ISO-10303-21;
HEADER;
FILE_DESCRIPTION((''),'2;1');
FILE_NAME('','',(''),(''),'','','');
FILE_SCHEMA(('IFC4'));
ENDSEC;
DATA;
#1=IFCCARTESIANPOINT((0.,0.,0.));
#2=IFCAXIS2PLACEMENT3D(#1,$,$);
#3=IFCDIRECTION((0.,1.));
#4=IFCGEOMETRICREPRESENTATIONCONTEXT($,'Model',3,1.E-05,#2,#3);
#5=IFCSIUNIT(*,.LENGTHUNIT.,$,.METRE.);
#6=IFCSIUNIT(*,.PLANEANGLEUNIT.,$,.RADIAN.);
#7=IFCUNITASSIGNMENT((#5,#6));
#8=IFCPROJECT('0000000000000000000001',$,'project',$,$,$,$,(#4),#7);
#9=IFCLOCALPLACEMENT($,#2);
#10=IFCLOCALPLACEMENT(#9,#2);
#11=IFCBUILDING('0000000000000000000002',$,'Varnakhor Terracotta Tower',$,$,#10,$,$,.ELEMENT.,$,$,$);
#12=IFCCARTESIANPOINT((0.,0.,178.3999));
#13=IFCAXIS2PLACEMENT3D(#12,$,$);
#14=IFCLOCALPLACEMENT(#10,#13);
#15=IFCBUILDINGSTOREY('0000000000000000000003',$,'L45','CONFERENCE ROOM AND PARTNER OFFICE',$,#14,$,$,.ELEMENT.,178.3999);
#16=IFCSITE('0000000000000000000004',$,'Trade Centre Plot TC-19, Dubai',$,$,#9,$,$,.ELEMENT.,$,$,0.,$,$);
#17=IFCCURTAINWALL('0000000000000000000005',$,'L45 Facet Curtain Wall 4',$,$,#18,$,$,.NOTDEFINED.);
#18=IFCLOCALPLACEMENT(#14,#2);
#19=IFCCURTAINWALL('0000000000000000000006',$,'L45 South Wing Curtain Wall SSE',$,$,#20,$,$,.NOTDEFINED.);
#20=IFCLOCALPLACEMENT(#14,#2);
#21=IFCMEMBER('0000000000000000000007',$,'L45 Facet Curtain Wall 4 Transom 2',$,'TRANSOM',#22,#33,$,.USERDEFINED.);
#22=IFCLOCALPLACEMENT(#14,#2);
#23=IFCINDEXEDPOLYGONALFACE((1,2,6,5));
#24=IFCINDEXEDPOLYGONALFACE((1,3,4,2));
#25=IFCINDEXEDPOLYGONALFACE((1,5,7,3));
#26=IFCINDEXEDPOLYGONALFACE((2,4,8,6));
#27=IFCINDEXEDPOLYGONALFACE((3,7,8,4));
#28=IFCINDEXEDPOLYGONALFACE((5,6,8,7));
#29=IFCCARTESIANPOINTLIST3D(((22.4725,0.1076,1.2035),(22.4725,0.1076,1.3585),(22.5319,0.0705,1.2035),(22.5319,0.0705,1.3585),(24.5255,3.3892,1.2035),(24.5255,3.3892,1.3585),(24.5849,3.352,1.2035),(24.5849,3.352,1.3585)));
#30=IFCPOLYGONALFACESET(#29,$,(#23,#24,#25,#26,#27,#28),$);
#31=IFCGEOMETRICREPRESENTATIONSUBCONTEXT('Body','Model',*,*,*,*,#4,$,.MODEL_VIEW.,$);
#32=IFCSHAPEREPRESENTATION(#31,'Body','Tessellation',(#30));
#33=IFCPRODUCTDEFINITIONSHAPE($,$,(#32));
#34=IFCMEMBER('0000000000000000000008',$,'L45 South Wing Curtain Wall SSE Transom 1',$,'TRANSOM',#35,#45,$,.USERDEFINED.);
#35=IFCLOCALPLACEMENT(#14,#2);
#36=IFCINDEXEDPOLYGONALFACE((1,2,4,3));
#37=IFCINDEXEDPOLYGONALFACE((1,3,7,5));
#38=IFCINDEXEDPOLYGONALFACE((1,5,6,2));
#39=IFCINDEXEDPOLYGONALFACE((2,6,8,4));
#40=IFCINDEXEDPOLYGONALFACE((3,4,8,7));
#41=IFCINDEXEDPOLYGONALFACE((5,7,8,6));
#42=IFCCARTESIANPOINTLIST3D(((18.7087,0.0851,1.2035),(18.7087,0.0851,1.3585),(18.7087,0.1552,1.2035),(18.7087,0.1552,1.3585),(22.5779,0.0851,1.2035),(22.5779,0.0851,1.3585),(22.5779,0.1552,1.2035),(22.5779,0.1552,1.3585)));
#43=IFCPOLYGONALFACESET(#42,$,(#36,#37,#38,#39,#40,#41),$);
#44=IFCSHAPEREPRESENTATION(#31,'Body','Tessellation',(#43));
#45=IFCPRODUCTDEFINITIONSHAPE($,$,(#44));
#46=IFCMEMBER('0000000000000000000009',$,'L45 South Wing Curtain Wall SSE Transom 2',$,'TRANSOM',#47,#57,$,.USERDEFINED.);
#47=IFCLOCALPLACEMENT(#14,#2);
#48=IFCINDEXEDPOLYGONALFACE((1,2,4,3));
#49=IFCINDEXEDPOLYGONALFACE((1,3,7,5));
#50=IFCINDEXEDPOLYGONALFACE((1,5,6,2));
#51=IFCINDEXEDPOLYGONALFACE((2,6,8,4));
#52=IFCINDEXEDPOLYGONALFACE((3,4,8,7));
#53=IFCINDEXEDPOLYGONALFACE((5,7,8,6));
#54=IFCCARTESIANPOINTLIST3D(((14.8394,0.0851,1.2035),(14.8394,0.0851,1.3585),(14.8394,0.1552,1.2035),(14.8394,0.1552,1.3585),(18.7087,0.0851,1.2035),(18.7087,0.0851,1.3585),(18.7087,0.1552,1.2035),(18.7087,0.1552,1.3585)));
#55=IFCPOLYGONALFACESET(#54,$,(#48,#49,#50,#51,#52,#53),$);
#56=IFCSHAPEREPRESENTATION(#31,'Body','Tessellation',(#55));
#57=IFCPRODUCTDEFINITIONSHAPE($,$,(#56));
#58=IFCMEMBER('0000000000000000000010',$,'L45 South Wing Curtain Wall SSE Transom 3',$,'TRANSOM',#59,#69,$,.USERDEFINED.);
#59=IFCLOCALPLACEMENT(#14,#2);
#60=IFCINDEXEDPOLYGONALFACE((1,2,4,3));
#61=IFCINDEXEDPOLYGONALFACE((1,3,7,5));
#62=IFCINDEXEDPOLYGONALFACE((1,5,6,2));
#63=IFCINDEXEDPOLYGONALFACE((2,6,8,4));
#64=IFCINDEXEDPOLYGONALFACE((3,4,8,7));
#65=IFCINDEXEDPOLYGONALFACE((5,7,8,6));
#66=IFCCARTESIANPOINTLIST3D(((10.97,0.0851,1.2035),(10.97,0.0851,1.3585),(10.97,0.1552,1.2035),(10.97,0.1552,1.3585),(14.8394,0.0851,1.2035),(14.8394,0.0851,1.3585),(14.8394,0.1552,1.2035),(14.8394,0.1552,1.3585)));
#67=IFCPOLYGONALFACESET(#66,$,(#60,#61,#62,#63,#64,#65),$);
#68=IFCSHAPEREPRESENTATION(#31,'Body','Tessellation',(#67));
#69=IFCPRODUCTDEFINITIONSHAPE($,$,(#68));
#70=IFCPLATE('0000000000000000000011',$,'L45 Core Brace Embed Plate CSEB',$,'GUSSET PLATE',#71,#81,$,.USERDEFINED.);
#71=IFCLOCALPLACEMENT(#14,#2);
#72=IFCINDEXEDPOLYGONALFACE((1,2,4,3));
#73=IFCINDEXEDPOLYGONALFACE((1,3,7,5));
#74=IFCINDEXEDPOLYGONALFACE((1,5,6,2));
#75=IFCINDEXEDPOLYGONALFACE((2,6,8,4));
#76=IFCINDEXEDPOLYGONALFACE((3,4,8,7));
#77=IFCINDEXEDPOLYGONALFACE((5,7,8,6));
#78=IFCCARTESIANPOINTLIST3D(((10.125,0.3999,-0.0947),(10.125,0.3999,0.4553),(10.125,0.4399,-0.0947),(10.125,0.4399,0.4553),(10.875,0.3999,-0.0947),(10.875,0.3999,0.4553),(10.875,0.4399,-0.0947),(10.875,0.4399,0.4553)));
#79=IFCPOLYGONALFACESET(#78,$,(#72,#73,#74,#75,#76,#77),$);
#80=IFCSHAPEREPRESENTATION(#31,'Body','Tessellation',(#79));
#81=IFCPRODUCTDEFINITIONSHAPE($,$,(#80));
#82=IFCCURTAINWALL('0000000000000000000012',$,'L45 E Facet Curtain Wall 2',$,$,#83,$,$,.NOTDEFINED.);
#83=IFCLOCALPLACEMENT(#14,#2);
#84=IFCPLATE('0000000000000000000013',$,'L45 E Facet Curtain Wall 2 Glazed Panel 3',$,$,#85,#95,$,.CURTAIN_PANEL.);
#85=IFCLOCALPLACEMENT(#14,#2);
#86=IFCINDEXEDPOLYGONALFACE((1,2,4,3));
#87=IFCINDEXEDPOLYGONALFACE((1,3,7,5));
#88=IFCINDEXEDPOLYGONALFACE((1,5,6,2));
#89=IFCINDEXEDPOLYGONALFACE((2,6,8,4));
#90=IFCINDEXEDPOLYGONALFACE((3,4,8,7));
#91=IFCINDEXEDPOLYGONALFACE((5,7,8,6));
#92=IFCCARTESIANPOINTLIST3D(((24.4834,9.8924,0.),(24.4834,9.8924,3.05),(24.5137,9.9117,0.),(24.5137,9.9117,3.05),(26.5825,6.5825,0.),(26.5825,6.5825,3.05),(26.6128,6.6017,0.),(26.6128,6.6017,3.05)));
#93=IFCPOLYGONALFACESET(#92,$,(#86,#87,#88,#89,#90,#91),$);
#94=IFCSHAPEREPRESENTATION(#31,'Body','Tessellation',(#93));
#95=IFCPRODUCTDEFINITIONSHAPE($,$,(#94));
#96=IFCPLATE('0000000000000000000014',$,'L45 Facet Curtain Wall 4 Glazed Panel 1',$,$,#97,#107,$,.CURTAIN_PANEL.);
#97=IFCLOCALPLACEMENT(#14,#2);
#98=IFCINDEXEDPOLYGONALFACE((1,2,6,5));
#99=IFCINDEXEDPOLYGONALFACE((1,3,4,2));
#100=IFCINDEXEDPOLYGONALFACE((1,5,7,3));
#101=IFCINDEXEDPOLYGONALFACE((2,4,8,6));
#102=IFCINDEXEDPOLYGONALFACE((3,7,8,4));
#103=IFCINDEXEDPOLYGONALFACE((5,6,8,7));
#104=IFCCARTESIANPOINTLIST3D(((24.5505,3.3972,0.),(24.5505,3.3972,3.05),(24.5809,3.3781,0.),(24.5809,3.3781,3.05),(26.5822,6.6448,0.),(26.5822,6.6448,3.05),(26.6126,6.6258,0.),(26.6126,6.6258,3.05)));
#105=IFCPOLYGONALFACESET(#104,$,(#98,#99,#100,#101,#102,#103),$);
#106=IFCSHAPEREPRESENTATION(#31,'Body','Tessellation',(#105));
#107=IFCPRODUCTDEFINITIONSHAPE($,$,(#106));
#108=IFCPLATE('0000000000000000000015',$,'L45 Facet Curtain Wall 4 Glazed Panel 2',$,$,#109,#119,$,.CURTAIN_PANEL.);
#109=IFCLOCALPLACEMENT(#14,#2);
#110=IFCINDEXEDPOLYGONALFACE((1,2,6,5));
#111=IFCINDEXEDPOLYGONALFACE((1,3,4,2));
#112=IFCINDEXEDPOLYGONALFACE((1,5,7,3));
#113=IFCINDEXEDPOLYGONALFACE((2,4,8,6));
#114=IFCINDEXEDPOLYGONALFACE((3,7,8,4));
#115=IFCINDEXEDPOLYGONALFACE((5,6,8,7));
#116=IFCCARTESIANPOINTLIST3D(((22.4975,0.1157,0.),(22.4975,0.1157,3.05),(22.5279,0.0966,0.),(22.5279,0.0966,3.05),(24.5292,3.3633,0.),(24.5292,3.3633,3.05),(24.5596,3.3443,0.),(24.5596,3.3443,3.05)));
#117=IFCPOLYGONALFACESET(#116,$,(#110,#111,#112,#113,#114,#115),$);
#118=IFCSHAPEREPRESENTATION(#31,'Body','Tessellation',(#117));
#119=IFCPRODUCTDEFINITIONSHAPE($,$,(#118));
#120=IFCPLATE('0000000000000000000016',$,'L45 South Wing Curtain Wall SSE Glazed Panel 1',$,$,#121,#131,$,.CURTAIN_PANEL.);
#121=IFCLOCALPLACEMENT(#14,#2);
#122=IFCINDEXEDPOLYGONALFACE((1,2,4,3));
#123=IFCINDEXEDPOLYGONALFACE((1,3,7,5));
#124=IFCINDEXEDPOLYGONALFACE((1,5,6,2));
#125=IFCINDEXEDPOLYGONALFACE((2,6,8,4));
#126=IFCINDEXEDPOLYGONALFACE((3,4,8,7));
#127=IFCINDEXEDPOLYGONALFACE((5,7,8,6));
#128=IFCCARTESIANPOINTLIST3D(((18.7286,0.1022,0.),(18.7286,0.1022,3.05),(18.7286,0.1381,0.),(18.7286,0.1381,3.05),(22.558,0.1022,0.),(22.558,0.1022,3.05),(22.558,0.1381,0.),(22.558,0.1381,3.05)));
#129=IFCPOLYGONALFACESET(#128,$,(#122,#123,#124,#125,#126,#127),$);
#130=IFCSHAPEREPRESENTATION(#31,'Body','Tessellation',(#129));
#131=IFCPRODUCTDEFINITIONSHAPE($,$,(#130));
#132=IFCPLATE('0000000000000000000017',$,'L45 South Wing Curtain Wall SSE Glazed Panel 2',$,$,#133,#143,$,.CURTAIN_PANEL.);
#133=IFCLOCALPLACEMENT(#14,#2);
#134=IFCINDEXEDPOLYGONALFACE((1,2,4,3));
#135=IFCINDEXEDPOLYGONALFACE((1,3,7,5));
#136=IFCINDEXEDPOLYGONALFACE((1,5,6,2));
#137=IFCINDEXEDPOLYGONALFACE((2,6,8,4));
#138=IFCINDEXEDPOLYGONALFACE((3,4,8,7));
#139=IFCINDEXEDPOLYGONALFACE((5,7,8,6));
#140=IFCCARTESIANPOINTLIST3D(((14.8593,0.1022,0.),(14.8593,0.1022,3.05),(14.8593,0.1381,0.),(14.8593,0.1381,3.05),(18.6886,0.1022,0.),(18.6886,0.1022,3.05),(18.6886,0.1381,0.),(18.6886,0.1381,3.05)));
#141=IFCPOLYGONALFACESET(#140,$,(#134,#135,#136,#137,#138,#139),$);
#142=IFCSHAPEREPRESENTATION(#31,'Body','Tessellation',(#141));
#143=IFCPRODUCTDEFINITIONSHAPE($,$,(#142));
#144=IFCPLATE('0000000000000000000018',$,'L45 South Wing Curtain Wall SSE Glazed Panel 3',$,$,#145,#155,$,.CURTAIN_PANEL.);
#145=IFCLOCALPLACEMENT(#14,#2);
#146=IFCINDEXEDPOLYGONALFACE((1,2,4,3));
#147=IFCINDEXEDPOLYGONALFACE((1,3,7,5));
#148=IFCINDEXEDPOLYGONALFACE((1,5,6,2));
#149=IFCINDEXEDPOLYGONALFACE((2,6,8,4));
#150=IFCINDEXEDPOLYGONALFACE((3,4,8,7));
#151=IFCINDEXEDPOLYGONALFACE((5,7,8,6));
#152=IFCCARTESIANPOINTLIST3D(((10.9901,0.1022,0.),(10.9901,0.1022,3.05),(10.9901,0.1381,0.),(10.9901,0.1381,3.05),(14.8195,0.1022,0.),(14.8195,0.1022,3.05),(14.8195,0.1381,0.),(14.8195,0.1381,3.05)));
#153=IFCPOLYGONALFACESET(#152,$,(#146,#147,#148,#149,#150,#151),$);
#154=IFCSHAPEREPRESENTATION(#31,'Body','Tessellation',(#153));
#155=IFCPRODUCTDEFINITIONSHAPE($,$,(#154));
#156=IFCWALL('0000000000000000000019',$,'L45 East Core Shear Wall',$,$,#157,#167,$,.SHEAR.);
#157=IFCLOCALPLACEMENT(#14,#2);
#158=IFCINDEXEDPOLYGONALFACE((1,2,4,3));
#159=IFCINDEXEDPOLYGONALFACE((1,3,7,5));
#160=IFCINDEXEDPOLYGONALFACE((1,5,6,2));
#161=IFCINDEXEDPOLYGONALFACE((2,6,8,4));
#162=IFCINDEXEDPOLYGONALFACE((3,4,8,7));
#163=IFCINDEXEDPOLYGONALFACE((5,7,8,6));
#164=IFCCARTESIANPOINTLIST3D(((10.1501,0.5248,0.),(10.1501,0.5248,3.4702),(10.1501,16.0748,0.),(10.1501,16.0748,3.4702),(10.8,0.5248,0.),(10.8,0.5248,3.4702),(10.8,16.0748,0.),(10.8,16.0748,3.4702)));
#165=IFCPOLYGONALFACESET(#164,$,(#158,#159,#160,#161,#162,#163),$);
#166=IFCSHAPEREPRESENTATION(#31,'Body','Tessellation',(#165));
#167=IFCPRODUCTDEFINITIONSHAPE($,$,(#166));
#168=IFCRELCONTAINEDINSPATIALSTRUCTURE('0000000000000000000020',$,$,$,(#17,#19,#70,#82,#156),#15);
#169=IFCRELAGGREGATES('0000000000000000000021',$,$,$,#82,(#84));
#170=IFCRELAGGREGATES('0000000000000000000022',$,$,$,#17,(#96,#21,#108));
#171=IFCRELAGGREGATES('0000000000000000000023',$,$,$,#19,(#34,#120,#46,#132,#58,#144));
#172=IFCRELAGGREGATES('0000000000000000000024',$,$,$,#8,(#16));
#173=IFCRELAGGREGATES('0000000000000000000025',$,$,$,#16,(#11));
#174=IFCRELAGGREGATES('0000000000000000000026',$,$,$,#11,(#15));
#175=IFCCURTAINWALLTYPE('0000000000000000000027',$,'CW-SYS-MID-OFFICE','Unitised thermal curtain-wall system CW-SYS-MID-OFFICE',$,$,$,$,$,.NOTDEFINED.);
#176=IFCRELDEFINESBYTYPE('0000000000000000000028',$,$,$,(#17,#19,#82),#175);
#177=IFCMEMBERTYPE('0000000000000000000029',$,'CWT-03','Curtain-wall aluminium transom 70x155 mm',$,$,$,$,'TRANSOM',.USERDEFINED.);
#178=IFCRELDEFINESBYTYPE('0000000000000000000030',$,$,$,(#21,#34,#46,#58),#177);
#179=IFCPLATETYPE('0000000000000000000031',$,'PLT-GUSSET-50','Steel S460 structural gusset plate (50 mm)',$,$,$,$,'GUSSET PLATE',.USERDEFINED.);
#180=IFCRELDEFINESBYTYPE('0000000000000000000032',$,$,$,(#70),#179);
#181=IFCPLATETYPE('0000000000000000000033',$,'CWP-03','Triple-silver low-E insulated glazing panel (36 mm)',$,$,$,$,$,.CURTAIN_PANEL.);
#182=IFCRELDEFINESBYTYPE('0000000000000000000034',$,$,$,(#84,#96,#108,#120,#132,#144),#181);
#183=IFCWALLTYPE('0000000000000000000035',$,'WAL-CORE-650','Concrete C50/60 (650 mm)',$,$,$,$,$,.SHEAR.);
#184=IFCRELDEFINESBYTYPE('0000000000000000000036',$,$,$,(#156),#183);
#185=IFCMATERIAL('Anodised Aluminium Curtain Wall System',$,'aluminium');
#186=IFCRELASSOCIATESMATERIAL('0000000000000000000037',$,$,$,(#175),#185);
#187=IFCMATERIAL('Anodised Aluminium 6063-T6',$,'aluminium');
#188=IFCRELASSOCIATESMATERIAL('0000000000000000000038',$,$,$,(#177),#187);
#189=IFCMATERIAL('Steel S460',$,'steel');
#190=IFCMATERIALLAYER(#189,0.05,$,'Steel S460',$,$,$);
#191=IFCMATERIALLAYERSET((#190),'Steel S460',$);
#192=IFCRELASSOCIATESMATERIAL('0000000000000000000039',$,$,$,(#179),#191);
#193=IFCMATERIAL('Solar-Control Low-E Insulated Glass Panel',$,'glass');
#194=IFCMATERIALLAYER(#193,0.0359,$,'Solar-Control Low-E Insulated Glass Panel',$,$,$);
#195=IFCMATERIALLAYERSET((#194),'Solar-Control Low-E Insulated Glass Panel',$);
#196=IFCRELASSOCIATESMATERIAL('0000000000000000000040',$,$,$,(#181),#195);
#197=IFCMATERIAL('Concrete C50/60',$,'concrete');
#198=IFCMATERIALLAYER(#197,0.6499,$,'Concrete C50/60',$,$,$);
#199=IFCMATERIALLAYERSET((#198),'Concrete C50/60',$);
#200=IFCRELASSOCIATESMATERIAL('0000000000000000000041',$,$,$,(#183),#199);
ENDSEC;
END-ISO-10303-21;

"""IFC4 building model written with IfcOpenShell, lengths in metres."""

from ifc_helpers import new_model, si_unit, direction, frame, frame_2d, origin, origin_2d, place, context, subcontext, project, spatial, rectangle, extrude, source, transform, mapped, material, layer, layer_set, material_profile, profile_set, type_object, type_shapes, element, aggregate, save


model = new_model("IFC4")

# Units and contexts
model_context = context("Model", 3, precision=1e-05, world=origin(), true_north=direction((0.0, 1.0)))
body_context = subcontext(model_context, "Body", "Model", "MODEL_VIEW")
ifc_project = project(units=[si_unit("LENGTHUNIT", "METRE"), si_unit("PLANEANGLEUNIT", "RADIAN")], contexts=[model_context])

# Site, building, storey
site_placement = place(None, origin())
site = spatial("IfcSite", under=ifc_project, at=site_placement, Name="Trade Centre Plot TC-19, Dubai", CompositionType="ELEMENT", RefElevation=0.0)
building_placement = place(site_placement, origin())
building = spatial("IfcBuilding", under=site, at=building_placement, Name="Varnakhor Terracotta Tower", CompositionType="ELEMENT")
storey_placement = place(building_placement, frame((0.0, 0.0, 178.3999)))
storey = spatial("IfcBuildingStorey", under=building, at=storey_placement, Name="L45", Description="CONFERENCE ROOM AND PARTNER OFFICE", CompositionType="ELEMENT", Elevation=178.3999)

# Shared definitions
ifc_material_1 = material(Name="Concrete C50/60", Category="concrete")
ifc_material_2 = material(Name="Steel S460", Category="steel")

# Curtain walls
ifc_material_3 = material(Name="Anodised Aluminium Curtain Wall System", Category="aluminium")
curtain_wall_type = type_object("IfcCurtainWallType", Name="CW-SYS-MID-OFFICE", Description="Unitised thermal curtain-wall system CW-SYS-MID-OFFICE", PredefinedType="NOTDEFINED", material=ifc_material_3)
curtain_wall_1_placement = place(storey_placement, origin())
curtain_wall_1 = element("IfcCurtainWall", 1, at=curtain_wall_1_placement, inside=storey, type_object=curtain_wall_type, Name="L45 Facet Curtain Wall 4", PredefinedType="NOTDEFINED")
ifc_material_4 = material(Name="Anodised Aluminium 6063-T6", Category="aluminium")
curtain_wall_2_placement = place(storey_placement, origin())
curtain_wall_2 = element("IfcCurtainWall", 2, at=curtain_wall_2_placement, inside=storey, type_object=curtain_wall_type, Name="L45 South Wing Curtain Wall SSE", PredefinedType="NOTDEFINED")

# Members
ifc_material_profile_1 = material_profile(ifc_material_4, rectangle(XDim=0.0701, YDim=0.155, at=origin_2d()), Name="ALU TRANSOM 70x155")
ifc_profile_set_1 = profile_set([ifc_material_profile_1], Name="Anodised Aluminium 6063-T6")
member_type_1 = type_object("IfcMemberType", Name="CWT-03", Description="Curtain-wall aluminium transom 70x155 mm", ElementType="TRANSOM", PredefinedType="USERDEFINED", material=ifc_profile_set_1)
shared_shape_1 = source(origin(), body_context, "Body", "SweptSolid", [
    extrude(rectangle(XDim=0.0701, YDim=0.155, at=origin_2d()), origin(), (0.0, 0.0, 1.0), 3.8708),
])
member_1_placement = place(storey_placement, frame((24.5552, 3.3706, 1.281), z_axis=(-0.530379, -0.847761, 0.0), x_axis=(0.847761, -0.530379, 0.0)))
member_1 = element("IfcMember", 3, at=member_1_placement, type_object=member_type_1, Name="L45 Facet Curtain Wall 4 Transom 2", ObjectType="TRANSOM", PredefinedType="USERDEFINED", context=body_context, shape_type="MappedRepresentation", body=[
    mapped(shared_shape_1, transform((0.0, 0.0, 0.0), scale=1.0)),
])
shared_shape_2 = source(origin(), body_context, "Body", "SweptSolid", [
    extrude(rectangle(XDim=0.0701, YDim=0.155, at=origin_2d()), origin(), (0.0, 0.0, 1.0), 3.8691),
])
member_2_placement = place(storey_placement, frame((22.5779, 0.1201, 1.281), z_axis=(-1.0, 0.0, 0.0), x_axis=(0.0, -1.0, 0.0)))
member_2 = element("IfcMember", 4, at=member_2_placement, type_object=member_type_1, Name="L45 South Wing Curtain Wall SSE Transom 1", ObjectType="TRANSOM", PredefinedType="USERDEFINED", context=body_context, shape_type="MappedRepresentation", body=[
    mapped(shared_shape_2, transform((0.0, 0.0, 0.0), scale=1.0)),
])
shared_shape_3 = source(origin(), body_context, "Body", "SweptSolid", [
    extrude(rectangle(XDim=0.0701, YDim=0.155, at=origin_2d()), origin(), (0.0, 0.0, 1.0), 3.8694),
])
member_3_placement = place(storey_placement, frame((18.7087, 0.1201, 1.281), z_axis=(-1.0, 0.0, 0.0), x_axis=(0.0, -1.0, 0.0)))
member_3 = element("IfcMember", 5, at=member_3_placement, type_object=member_type_1, Name="L45 South Wing Curtain Wall SSE Transom 2", ObjectType="TRANSOM", PredefinedType="USERDEFINED", context=body_context, shape_type="MappedRepresentation", body=[
    mapped(shared_shape_3, transform((0.0, 0.0, 0.0), scale=1.0)),
])
member_4_placement = place(storey_placement, frame((14.8394, 0.1201, 1.281), z_axis=(-1.0, 0.0, 0.0), x_axis=(0.0, -1.0, 0.0)))
member_4 = element("IfcMember", 6, at=member_4_placement, type_object=member_type_1, Name="L45 South Wing Curtain Wall SSE Transom 3", ObjectType="TRANSOM", PredefinedType="USERDEFINED", context=body_context, shape_type="MappedRepresentation", body=[
    mapped(shared_shape_3, transform((0.0, 0.0, 0.0), scale=1.0)),
])

# Plate
ifc_layer_1 = layer(ifc_material_2, 0.05, Name="Steel S460")
ifc_layer_set_1 = layer_set([ifc_layer_1], Name="Steel S460")
plate_type_1 = type_object("IfcPlateType", Name="PLT-GUSSET-50", Description="Steel S460 structural gusset plate (50 mm)", ElementType="GUSSET PLATE", PredefinedType="USERDEFINED", material=ifc_layer_set_1)
shared_shape_4 = source(origin(), body_context, "Body", "SweptSolid", [
    extrude(rectangle(XDim=0.75, YDim=0.04, at=origin_2d()), origin(), (0.0, 0.0, 1.0), 0.55),
])
type_shapes(plate_type_1, [shared_shape_4])
plate_1_placement = place(storey_placement, frame((10.5, 0.4199, -0.0947), z_axis=(0.0, 0.0, 1.0), x_axis=(1.0, 0.0, 0.0)))
element("IfcPlate", 7, at=plate_1_placement, inside=storey, type_object=plate_type_1, Name="L45 Core Brace Embed Plate CSEB", ObjectType="GUSSET PLATE", PredefinedType="USERDEFINED", context=body_context, shape_type="MappedRepresentation", body=[
    mapped(shared_shape_4, transform((0.0, 0.0, 0.0), scale=1.0)),
])

# Curtain wall, plate
curtain_wall_3_placement = place(storey_placement, origin())
curtain_wall_3 = element("IfcCurtainWall", 8, at=curtain_wall_3_placement, inside=storey, type_object=curtain_wall_type, Name="L45 E Facet Curtain Wall 2", PredefinedType="NOTDEFINED")
ifc_material_5 = material(Name="Solar-Control Low-E Insulated Glass Panel", Category="glass")
ifc_layer_2 = layer(ifc_material_5, 0.0359, Name="Solar-Control Low-E Insulated Glass Panel")
ifc_layer_set_2 = layer_set([ifc_layer_2], Name="Solar-Control Low-E Insulated Glass Panel")
plate_type_2 = type_object("IfcPlateType", Name="CWP-03", Description="Triple-silver low-E insulated glazing panel (36 mm)", PredefinedType="CURTAIN_PANEL", material=ifc_layer_set_2)
shared_shape_5 = source(origin(), body_context, "Body", "SweptSolid", [
    extrude(rectangle(XDim=3.9194, YDim=0.0359, at=origin_2d()), origin(), (0.0, 0.0, 1.0), 3.05),
])
plate_2_placement = place(storey_placement, frame((25.5481, 8.2471, 0.0), z_axis=(0.0, 0.0, 1.0), x_axis=(0.535562, -0.844496, 0.0)))
plate_2 = element("IfcPlate", 9, at=plate_2_placement, type_object=plate_type_2, Name="L45 E Facet Curtain Wall 2 Glazed Panel 3", PredefinedType="CURTAIN_PANEL", context=body_context, shape_type="MappedRepresentation", body=[
    mapped(shared_shape_5, transform((0.0, 0.0, 0.0), scale=1.0)),
])
aggregate(curtain_wall_3, [plate_2])

# Plates
shared_shape_6 = source(origin(), body_context, "Body", "SweptSolid", [
    extrude(rectangle(XDim=3.8308, YDim=0.0359, at=origin_2d()), origin(), (0.0, 0.0, 1.0), 3.05),
])
plate_3_placement = place(storey_placement, frame((25.5815, 5.0115, 0.0), z_axis=(0.0, 0.0, 1.0), x_axis=(-0.530363, -0.847771, 0.0)))
plate_3 = element("IfcPlate", 10, at=plate_3_placement, type_object=plate_type_2, Name="L45 Facet Curtain Wall 4 Glazed Panel 1", PredefinedType="CURTAIN_PANEL", context=body_context, shape_type="MappedRepresentation", body=[
    mapped(shared_shape_6, transform((0.0, 0.0, 0.0), scale=1.0)),
])
plate_4_placement = place(storey_placement, frame((23.5286, 1.73, 0.0), z_axis=(0.0, 0.0, 1.0), x_axis=(-0.530363, -0.847771, 0.0)))
plate_4 = element("IfcPlate", 11, at=plate_4_placement, type_object=plate_type_2, Name="L45 Facet Curtain Wall 4 Glazed Panel 2", PredefinedType="CURTAIN_PANEL", context=body_context, shape_type="MappedRepresentation", body=[
    mapped(shared_shape_6, transform((0.0, 0.0, 0.0), scale=1.0)),
])
aggregate(curtain_wall_1, [plate_3, member_1, plate_4])
shared_shape_7 = source(origin(), body_context, "Body", "SweptSolid", [
    extrude(rectangle(XDim=3.8293, YDim=0.0359, at=origin_2d()), origin(), (0.0, 0.0, 1.0), 3.05),
])
plate_5_placement = place(storey_placement, frame((20.6433, 0.1201, 0.0), z_axis=(0.0, 0.0, 1.0), x_axis=(-1.0, 0.0, 0.0)))
plate_5 = element("IfcPlate", 12, at=plate_5_placement, type_object=plate_type_2, Name="L45 South Wing Curtain Wall SSE Glazed Panel 1", PredefinedType="CURTAIN_PANEL", context=body_context, shape_type="MappedRepresentation", body=[
    mapped(shared_shape_7, transform((0.0, 0.0, 0.0), scale=1.0)),
])
plate_6_placement = place(storey_placement, frame((16.7739, 0.1201, 0.0), z_axis=(0.0, 0.0, 1.0), x_axis=(-1.0, 0.0, 0.0)))
plate_6 = element("IfcPlate", 13, at=plate_6_placement, type_object=plate_type_2, Name="L45 South Wing Curtain Wall SSE Glazed Panel 2", PredefinedType="CURTAIN_PANEL", context=body_context, shape_type="MappedRepresentation", body=[
    mapped(shared_shape_7, transform((0.0, 0.0, 0.0), scale=1.0)),
])
plate_7_placement = place(storey_placement, frame((12.9048, 0.1201, 0.0), z_axis=(0.0, 0.0, 1.0), x_axis=(-1.0, 0.0, 0.0)))
plate_7 = element("IfcPlate", 14, at=plate_7_placement, type_object=plate_type_2, Name="L45 South Wing Curtain Wall SSE Glazed Panel 3", PredefinedType="CURTAIN_PANEL", context=body_context, shape_type="MappedRepresentation", body=[
    mapped(shared_shape_7, transform((0.0, 0.0, 0.0), scale=1.0)),
])
aggregate(curtain_wall_2, [member_2, plate_5, member_3, plate_6, member_4, plate_7])

# Wall
ifc_layer_3 = layer(ifc_material_1, 0.6499, Name="Concrete C50/60")
ifc_layer_set_3 = layer_set([ifc_layer_3], Name="Concrete C50/60")
wall_type = type_object("IfcWallType", Name="WAL-CORE-650", Description="Concrete C50/60 (650 mm)", PredefinedType="SHEAR", material=ifc_layer_set_3)
wall_placement = place(storey_placement, frame((10.4751, 0.5249, 0.0), z_axis=(0.0, 0.0, 1.0), x_axis=(0.0, 1.0, 0.0)))
element("IfcWall", 15, at=wall_placement, inside=storey, type_object=wall_type, Name="L45 East Core Shear Wall", PredefinedType="SHEAR", context=body_context, shape_type="SweptSolid", body=[
    extrude(rectangle(XDim=15.55, YDim=0.6499, at=frame_2d((7.7749, 0.0))), origin(), (0.0, 0.0, 1.0), 3.4702),
])

save(model, "model.ifc")
